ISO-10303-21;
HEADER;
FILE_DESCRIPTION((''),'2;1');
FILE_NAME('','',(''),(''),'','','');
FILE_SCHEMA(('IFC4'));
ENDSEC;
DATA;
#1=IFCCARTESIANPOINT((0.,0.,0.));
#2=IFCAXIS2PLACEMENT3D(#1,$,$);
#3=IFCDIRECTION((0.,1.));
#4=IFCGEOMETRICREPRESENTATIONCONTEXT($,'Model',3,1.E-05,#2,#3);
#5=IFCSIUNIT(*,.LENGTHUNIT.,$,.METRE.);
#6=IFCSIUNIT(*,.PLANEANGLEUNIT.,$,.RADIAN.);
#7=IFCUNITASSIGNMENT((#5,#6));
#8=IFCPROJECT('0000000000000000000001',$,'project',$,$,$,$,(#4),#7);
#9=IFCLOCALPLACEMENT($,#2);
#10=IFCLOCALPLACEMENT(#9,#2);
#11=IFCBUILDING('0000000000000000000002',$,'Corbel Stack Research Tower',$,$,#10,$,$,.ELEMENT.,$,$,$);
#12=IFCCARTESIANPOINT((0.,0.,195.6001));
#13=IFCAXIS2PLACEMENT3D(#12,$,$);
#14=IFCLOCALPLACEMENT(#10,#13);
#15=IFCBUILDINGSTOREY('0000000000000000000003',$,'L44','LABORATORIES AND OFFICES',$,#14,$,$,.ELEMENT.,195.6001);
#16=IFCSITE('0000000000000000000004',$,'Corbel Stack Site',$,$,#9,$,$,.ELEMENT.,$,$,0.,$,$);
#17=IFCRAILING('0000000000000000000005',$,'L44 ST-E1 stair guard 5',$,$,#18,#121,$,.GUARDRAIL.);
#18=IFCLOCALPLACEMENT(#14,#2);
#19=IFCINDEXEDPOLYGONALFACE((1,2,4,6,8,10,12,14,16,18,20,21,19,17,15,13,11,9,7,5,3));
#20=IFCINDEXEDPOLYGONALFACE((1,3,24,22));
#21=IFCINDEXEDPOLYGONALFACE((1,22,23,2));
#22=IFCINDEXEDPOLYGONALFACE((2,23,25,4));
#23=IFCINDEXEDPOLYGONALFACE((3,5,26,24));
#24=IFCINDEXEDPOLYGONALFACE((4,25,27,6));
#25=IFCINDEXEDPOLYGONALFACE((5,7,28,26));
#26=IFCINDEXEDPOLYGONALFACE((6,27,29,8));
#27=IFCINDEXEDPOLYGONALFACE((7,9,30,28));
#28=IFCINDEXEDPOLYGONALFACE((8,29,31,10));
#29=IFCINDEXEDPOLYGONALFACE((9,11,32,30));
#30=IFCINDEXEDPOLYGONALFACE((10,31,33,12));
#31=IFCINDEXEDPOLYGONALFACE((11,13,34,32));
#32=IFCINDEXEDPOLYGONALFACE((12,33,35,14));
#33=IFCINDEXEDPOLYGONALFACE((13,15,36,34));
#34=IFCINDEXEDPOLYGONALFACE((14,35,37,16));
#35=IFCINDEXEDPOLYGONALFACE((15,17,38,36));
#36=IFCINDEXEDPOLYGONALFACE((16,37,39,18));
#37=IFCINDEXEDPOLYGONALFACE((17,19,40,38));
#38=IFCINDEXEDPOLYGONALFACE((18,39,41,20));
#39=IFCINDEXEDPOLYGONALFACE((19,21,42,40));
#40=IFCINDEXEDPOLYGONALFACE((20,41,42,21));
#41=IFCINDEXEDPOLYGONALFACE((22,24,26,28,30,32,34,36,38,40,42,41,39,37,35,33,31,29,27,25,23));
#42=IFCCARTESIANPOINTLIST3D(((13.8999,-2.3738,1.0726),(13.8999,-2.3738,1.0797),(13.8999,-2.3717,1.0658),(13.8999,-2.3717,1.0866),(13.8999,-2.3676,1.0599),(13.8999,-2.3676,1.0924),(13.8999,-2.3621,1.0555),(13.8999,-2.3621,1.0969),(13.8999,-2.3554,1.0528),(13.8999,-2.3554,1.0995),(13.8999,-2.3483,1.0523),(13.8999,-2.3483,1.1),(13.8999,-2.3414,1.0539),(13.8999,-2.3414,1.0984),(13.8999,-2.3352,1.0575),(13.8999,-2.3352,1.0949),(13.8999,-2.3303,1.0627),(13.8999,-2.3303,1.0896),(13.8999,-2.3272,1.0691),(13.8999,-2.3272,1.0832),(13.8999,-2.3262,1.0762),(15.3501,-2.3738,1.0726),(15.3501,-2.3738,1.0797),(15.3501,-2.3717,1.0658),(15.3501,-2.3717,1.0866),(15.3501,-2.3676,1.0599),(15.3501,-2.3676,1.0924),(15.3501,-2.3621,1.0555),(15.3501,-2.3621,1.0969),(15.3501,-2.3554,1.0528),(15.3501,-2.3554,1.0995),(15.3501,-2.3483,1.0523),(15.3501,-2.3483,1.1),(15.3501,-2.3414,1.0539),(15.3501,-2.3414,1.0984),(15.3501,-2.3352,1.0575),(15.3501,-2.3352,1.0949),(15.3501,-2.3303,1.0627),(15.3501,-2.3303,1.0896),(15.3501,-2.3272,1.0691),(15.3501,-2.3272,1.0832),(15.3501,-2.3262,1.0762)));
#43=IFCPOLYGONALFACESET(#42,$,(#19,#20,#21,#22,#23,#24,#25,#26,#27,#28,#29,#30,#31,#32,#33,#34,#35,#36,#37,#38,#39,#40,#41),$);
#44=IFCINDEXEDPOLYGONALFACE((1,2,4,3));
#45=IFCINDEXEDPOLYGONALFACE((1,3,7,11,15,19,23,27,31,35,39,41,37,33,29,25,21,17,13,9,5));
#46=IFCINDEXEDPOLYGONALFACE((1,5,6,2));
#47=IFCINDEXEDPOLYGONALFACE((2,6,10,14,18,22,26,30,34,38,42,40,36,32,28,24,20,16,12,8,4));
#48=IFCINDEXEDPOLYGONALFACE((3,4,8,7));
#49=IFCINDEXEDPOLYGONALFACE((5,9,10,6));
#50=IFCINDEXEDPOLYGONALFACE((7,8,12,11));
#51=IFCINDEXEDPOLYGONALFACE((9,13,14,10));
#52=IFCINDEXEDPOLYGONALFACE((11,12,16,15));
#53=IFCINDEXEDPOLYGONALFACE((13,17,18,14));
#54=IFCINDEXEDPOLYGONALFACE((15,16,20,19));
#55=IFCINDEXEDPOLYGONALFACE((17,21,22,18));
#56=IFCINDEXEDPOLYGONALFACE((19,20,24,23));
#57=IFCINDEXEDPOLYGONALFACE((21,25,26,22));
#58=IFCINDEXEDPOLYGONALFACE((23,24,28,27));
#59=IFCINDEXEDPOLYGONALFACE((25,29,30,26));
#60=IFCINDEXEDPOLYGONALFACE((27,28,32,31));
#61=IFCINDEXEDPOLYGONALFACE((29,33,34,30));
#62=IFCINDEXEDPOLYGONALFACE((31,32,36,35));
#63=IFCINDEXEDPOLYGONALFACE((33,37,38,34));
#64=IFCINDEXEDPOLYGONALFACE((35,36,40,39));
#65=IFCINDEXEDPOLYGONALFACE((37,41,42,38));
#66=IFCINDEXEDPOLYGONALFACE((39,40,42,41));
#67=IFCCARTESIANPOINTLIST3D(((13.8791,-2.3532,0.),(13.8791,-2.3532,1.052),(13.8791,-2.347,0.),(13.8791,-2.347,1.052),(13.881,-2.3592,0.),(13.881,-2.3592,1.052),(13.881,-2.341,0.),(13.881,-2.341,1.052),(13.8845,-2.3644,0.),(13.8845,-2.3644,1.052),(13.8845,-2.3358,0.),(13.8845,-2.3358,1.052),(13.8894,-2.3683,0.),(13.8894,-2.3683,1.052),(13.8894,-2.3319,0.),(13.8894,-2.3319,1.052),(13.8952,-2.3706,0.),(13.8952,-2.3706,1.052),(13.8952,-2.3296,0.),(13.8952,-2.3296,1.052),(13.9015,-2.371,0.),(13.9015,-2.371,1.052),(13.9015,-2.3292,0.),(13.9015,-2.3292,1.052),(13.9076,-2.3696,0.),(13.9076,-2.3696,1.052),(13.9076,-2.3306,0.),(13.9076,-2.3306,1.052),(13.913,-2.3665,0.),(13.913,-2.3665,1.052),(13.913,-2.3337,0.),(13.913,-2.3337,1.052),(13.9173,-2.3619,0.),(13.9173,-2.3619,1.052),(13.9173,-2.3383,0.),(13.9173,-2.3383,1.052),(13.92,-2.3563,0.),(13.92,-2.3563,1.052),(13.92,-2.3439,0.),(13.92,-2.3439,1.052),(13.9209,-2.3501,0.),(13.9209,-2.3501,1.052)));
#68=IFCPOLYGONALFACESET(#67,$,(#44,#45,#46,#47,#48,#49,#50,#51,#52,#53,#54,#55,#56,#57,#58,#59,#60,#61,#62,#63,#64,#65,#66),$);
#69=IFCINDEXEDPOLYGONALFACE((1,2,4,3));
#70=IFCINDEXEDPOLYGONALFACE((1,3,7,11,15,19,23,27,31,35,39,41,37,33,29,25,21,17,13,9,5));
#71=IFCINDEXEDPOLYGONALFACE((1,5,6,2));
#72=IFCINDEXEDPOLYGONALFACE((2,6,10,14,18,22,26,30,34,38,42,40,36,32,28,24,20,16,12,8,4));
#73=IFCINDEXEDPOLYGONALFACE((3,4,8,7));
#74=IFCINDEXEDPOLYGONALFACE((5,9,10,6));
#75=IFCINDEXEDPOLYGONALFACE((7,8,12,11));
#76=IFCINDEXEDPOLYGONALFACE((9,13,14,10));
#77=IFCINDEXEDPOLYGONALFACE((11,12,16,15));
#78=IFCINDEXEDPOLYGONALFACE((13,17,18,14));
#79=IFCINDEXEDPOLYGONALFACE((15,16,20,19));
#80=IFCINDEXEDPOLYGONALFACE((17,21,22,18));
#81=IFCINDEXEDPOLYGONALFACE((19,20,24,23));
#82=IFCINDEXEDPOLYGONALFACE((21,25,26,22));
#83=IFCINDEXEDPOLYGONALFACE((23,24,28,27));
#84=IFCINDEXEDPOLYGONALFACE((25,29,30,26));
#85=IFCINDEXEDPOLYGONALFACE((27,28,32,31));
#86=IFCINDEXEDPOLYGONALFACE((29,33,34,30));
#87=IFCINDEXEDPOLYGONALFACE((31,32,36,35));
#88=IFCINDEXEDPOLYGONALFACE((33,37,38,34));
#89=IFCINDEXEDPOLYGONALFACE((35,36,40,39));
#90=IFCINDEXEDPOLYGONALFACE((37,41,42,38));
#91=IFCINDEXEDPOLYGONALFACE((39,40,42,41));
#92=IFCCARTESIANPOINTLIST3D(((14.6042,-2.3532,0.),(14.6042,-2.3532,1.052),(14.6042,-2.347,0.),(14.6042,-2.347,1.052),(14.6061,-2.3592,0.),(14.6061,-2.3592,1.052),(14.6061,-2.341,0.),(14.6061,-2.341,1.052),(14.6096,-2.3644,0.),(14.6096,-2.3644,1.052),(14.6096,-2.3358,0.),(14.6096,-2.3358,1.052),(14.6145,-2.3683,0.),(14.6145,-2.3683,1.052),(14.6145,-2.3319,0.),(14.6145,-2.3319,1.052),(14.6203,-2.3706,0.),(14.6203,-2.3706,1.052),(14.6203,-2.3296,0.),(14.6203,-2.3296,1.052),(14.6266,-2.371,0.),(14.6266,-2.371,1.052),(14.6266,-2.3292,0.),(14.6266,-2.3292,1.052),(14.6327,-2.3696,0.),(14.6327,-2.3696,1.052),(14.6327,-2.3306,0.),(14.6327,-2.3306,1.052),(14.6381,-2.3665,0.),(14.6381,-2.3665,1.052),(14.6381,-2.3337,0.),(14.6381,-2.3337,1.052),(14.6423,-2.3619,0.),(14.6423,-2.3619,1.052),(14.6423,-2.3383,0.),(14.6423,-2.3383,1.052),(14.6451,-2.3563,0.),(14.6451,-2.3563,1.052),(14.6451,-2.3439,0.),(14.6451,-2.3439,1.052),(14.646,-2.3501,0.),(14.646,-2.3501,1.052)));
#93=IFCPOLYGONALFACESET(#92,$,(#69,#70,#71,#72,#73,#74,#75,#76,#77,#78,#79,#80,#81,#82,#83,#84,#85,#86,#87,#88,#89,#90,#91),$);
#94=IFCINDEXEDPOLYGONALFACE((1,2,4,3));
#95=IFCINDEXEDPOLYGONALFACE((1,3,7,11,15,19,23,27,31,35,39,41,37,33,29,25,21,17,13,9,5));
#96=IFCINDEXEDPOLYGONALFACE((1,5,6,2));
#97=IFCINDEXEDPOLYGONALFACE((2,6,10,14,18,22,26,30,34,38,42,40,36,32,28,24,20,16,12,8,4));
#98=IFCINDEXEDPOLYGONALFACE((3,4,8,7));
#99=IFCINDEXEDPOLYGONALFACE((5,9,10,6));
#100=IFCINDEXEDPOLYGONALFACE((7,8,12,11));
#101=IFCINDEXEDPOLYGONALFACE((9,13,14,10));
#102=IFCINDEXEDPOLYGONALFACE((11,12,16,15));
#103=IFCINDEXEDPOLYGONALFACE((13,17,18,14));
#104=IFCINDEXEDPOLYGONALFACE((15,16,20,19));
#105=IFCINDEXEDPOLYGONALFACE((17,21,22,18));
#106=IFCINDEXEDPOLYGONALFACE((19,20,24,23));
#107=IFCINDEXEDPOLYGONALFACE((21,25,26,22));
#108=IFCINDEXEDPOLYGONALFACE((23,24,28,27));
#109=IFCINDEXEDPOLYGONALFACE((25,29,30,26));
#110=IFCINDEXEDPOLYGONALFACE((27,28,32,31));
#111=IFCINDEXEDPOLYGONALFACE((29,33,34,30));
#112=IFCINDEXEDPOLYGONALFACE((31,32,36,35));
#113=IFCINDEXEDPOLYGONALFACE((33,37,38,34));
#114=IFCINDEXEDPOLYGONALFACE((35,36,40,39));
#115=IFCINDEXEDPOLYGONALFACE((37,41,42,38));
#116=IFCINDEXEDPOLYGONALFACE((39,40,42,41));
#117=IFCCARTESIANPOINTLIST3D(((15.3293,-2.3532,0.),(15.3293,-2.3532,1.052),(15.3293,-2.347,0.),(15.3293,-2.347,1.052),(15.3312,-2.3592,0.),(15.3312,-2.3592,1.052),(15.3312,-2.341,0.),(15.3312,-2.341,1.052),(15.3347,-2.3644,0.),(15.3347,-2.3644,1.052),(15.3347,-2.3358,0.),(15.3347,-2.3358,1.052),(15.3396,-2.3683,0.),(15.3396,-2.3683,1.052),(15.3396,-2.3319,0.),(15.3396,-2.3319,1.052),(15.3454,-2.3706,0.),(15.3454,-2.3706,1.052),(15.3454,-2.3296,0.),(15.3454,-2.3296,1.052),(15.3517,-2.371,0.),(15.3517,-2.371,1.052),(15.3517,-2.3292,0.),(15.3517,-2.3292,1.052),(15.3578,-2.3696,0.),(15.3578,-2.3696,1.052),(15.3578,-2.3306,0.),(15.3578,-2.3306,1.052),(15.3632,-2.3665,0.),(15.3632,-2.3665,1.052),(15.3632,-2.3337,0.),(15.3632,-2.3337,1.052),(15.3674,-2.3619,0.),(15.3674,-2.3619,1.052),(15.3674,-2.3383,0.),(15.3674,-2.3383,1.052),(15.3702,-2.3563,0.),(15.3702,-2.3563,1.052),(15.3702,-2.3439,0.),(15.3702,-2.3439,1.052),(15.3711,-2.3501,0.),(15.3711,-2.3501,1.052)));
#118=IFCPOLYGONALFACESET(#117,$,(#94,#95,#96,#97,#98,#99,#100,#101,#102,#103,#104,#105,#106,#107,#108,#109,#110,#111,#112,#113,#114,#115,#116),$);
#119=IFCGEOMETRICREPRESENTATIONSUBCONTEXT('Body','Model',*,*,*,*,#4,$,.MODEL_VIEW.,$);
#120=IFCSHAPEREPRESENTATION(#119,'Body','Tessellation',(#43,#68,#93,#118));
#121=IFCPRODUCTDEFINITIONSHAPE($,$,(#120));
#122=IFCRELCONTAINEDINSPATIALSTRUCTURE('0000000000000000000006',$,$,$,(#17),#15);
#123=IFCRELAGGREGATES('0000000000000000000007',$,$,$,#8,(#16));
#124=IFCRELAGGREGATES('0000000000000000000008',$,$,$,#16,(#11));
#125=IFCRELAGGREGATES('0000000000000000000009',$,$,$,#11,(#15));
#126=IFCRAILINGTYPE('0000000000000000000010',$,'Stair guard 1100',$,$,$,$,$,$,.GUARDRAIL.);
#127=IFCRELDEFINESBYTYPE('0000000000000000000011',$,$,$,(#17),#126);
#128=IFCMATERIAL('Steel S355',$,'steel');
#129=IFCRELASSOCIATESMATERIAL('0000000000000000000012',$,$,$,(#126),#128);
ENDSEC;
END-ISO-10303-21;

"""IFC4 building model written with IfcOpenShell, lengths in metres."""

from ifc_helpers import new_model, si_unit, direction, frame, origin, origin_2d, place, context, subcontext, project, spatial, circle, extrude, material, type_object, element, save


model = new_model("IFC4")

# Units and contexts
model_context = context("Model", 3, precision=1e-05, world=origin(), true_north=direction((0.0, 1.0)))
body_context = subcontext(model_context, "Body", "Model", "MODEL_VIEW")
ifc_project = project(units=[si_unit("LENGTHUNIT", "METRE"), si_unit("PLANEANGLEUNIT", "RADIAN")], contexts=[model_context])

# Site, building, storey
site_placement = place(None, origin())
site = spatial("IfcSite", under=ifc_project, at=site_placement, Name="Corbel Stack Site", CompositionType="ELEMENT", RefElevation=0.0)
building_placement = place(site_placement, origin())
building = spatial("IfcBuilding", under=site, at=building_placement, Name="Corbel Stack Research Tower", CompositionType="ELEMENT")
storey_placement = place(building_placement, frame((0.0, 0.0, 195.6001)))
storey = spatial("IfcBuildingStorey", under=building, at=storey_placement, Name="L44", Description="LABORATORIES AND OFFICES", CompositionType="ELEMENT", Elevation=195.6001)

# Railing
ifc_material_1 = material(Name="Steel S355", Category="steel")
railing_type_1 = type_object("IfcRailingType", Name="Stair guard 1100", PredefinedType="GUARDRAIL", material=ifc_material_1)
railing_1_placement = place(storey_placement, frame((13.8999, -2.3501, 0.0)))
element("IfcRailing", 1, at=railing_1_placement, inside=storey, type_object=railing_type_1, Name="L44 ST-E1 stair guard 5", PredefinedType="GUARDRAIL", context=body_context, shape_type="SweptSolid", body=[
    extrude(circle(Radius=0.0239, at=origin_2d()), frame((0.0, 0.0, 1.0762), z_axis=(1.0, 0.0, 0.0), x_axis=(0.0, 1.0, 0.0)), (0.0, 0.0, 1.0), 1.4502),
    extrude(circle(Radius=0.021, at=origin_2d()), origin(), (0.0, 0.0, 1.0), 1.052),
    extrude(circle(Radius=0.021, at=origin_2d()), frame((0.7251, 0.0, 0.0)), (0.0, 0.0, 1.0), 1.052),
    extrude(circle(Radius=0.021, at=origin_2d()), frame((1.4502, 0.0, 0.0)), (0.0, 0.0, 1.0), 1.052),
])

save(model, "model.ifc")
